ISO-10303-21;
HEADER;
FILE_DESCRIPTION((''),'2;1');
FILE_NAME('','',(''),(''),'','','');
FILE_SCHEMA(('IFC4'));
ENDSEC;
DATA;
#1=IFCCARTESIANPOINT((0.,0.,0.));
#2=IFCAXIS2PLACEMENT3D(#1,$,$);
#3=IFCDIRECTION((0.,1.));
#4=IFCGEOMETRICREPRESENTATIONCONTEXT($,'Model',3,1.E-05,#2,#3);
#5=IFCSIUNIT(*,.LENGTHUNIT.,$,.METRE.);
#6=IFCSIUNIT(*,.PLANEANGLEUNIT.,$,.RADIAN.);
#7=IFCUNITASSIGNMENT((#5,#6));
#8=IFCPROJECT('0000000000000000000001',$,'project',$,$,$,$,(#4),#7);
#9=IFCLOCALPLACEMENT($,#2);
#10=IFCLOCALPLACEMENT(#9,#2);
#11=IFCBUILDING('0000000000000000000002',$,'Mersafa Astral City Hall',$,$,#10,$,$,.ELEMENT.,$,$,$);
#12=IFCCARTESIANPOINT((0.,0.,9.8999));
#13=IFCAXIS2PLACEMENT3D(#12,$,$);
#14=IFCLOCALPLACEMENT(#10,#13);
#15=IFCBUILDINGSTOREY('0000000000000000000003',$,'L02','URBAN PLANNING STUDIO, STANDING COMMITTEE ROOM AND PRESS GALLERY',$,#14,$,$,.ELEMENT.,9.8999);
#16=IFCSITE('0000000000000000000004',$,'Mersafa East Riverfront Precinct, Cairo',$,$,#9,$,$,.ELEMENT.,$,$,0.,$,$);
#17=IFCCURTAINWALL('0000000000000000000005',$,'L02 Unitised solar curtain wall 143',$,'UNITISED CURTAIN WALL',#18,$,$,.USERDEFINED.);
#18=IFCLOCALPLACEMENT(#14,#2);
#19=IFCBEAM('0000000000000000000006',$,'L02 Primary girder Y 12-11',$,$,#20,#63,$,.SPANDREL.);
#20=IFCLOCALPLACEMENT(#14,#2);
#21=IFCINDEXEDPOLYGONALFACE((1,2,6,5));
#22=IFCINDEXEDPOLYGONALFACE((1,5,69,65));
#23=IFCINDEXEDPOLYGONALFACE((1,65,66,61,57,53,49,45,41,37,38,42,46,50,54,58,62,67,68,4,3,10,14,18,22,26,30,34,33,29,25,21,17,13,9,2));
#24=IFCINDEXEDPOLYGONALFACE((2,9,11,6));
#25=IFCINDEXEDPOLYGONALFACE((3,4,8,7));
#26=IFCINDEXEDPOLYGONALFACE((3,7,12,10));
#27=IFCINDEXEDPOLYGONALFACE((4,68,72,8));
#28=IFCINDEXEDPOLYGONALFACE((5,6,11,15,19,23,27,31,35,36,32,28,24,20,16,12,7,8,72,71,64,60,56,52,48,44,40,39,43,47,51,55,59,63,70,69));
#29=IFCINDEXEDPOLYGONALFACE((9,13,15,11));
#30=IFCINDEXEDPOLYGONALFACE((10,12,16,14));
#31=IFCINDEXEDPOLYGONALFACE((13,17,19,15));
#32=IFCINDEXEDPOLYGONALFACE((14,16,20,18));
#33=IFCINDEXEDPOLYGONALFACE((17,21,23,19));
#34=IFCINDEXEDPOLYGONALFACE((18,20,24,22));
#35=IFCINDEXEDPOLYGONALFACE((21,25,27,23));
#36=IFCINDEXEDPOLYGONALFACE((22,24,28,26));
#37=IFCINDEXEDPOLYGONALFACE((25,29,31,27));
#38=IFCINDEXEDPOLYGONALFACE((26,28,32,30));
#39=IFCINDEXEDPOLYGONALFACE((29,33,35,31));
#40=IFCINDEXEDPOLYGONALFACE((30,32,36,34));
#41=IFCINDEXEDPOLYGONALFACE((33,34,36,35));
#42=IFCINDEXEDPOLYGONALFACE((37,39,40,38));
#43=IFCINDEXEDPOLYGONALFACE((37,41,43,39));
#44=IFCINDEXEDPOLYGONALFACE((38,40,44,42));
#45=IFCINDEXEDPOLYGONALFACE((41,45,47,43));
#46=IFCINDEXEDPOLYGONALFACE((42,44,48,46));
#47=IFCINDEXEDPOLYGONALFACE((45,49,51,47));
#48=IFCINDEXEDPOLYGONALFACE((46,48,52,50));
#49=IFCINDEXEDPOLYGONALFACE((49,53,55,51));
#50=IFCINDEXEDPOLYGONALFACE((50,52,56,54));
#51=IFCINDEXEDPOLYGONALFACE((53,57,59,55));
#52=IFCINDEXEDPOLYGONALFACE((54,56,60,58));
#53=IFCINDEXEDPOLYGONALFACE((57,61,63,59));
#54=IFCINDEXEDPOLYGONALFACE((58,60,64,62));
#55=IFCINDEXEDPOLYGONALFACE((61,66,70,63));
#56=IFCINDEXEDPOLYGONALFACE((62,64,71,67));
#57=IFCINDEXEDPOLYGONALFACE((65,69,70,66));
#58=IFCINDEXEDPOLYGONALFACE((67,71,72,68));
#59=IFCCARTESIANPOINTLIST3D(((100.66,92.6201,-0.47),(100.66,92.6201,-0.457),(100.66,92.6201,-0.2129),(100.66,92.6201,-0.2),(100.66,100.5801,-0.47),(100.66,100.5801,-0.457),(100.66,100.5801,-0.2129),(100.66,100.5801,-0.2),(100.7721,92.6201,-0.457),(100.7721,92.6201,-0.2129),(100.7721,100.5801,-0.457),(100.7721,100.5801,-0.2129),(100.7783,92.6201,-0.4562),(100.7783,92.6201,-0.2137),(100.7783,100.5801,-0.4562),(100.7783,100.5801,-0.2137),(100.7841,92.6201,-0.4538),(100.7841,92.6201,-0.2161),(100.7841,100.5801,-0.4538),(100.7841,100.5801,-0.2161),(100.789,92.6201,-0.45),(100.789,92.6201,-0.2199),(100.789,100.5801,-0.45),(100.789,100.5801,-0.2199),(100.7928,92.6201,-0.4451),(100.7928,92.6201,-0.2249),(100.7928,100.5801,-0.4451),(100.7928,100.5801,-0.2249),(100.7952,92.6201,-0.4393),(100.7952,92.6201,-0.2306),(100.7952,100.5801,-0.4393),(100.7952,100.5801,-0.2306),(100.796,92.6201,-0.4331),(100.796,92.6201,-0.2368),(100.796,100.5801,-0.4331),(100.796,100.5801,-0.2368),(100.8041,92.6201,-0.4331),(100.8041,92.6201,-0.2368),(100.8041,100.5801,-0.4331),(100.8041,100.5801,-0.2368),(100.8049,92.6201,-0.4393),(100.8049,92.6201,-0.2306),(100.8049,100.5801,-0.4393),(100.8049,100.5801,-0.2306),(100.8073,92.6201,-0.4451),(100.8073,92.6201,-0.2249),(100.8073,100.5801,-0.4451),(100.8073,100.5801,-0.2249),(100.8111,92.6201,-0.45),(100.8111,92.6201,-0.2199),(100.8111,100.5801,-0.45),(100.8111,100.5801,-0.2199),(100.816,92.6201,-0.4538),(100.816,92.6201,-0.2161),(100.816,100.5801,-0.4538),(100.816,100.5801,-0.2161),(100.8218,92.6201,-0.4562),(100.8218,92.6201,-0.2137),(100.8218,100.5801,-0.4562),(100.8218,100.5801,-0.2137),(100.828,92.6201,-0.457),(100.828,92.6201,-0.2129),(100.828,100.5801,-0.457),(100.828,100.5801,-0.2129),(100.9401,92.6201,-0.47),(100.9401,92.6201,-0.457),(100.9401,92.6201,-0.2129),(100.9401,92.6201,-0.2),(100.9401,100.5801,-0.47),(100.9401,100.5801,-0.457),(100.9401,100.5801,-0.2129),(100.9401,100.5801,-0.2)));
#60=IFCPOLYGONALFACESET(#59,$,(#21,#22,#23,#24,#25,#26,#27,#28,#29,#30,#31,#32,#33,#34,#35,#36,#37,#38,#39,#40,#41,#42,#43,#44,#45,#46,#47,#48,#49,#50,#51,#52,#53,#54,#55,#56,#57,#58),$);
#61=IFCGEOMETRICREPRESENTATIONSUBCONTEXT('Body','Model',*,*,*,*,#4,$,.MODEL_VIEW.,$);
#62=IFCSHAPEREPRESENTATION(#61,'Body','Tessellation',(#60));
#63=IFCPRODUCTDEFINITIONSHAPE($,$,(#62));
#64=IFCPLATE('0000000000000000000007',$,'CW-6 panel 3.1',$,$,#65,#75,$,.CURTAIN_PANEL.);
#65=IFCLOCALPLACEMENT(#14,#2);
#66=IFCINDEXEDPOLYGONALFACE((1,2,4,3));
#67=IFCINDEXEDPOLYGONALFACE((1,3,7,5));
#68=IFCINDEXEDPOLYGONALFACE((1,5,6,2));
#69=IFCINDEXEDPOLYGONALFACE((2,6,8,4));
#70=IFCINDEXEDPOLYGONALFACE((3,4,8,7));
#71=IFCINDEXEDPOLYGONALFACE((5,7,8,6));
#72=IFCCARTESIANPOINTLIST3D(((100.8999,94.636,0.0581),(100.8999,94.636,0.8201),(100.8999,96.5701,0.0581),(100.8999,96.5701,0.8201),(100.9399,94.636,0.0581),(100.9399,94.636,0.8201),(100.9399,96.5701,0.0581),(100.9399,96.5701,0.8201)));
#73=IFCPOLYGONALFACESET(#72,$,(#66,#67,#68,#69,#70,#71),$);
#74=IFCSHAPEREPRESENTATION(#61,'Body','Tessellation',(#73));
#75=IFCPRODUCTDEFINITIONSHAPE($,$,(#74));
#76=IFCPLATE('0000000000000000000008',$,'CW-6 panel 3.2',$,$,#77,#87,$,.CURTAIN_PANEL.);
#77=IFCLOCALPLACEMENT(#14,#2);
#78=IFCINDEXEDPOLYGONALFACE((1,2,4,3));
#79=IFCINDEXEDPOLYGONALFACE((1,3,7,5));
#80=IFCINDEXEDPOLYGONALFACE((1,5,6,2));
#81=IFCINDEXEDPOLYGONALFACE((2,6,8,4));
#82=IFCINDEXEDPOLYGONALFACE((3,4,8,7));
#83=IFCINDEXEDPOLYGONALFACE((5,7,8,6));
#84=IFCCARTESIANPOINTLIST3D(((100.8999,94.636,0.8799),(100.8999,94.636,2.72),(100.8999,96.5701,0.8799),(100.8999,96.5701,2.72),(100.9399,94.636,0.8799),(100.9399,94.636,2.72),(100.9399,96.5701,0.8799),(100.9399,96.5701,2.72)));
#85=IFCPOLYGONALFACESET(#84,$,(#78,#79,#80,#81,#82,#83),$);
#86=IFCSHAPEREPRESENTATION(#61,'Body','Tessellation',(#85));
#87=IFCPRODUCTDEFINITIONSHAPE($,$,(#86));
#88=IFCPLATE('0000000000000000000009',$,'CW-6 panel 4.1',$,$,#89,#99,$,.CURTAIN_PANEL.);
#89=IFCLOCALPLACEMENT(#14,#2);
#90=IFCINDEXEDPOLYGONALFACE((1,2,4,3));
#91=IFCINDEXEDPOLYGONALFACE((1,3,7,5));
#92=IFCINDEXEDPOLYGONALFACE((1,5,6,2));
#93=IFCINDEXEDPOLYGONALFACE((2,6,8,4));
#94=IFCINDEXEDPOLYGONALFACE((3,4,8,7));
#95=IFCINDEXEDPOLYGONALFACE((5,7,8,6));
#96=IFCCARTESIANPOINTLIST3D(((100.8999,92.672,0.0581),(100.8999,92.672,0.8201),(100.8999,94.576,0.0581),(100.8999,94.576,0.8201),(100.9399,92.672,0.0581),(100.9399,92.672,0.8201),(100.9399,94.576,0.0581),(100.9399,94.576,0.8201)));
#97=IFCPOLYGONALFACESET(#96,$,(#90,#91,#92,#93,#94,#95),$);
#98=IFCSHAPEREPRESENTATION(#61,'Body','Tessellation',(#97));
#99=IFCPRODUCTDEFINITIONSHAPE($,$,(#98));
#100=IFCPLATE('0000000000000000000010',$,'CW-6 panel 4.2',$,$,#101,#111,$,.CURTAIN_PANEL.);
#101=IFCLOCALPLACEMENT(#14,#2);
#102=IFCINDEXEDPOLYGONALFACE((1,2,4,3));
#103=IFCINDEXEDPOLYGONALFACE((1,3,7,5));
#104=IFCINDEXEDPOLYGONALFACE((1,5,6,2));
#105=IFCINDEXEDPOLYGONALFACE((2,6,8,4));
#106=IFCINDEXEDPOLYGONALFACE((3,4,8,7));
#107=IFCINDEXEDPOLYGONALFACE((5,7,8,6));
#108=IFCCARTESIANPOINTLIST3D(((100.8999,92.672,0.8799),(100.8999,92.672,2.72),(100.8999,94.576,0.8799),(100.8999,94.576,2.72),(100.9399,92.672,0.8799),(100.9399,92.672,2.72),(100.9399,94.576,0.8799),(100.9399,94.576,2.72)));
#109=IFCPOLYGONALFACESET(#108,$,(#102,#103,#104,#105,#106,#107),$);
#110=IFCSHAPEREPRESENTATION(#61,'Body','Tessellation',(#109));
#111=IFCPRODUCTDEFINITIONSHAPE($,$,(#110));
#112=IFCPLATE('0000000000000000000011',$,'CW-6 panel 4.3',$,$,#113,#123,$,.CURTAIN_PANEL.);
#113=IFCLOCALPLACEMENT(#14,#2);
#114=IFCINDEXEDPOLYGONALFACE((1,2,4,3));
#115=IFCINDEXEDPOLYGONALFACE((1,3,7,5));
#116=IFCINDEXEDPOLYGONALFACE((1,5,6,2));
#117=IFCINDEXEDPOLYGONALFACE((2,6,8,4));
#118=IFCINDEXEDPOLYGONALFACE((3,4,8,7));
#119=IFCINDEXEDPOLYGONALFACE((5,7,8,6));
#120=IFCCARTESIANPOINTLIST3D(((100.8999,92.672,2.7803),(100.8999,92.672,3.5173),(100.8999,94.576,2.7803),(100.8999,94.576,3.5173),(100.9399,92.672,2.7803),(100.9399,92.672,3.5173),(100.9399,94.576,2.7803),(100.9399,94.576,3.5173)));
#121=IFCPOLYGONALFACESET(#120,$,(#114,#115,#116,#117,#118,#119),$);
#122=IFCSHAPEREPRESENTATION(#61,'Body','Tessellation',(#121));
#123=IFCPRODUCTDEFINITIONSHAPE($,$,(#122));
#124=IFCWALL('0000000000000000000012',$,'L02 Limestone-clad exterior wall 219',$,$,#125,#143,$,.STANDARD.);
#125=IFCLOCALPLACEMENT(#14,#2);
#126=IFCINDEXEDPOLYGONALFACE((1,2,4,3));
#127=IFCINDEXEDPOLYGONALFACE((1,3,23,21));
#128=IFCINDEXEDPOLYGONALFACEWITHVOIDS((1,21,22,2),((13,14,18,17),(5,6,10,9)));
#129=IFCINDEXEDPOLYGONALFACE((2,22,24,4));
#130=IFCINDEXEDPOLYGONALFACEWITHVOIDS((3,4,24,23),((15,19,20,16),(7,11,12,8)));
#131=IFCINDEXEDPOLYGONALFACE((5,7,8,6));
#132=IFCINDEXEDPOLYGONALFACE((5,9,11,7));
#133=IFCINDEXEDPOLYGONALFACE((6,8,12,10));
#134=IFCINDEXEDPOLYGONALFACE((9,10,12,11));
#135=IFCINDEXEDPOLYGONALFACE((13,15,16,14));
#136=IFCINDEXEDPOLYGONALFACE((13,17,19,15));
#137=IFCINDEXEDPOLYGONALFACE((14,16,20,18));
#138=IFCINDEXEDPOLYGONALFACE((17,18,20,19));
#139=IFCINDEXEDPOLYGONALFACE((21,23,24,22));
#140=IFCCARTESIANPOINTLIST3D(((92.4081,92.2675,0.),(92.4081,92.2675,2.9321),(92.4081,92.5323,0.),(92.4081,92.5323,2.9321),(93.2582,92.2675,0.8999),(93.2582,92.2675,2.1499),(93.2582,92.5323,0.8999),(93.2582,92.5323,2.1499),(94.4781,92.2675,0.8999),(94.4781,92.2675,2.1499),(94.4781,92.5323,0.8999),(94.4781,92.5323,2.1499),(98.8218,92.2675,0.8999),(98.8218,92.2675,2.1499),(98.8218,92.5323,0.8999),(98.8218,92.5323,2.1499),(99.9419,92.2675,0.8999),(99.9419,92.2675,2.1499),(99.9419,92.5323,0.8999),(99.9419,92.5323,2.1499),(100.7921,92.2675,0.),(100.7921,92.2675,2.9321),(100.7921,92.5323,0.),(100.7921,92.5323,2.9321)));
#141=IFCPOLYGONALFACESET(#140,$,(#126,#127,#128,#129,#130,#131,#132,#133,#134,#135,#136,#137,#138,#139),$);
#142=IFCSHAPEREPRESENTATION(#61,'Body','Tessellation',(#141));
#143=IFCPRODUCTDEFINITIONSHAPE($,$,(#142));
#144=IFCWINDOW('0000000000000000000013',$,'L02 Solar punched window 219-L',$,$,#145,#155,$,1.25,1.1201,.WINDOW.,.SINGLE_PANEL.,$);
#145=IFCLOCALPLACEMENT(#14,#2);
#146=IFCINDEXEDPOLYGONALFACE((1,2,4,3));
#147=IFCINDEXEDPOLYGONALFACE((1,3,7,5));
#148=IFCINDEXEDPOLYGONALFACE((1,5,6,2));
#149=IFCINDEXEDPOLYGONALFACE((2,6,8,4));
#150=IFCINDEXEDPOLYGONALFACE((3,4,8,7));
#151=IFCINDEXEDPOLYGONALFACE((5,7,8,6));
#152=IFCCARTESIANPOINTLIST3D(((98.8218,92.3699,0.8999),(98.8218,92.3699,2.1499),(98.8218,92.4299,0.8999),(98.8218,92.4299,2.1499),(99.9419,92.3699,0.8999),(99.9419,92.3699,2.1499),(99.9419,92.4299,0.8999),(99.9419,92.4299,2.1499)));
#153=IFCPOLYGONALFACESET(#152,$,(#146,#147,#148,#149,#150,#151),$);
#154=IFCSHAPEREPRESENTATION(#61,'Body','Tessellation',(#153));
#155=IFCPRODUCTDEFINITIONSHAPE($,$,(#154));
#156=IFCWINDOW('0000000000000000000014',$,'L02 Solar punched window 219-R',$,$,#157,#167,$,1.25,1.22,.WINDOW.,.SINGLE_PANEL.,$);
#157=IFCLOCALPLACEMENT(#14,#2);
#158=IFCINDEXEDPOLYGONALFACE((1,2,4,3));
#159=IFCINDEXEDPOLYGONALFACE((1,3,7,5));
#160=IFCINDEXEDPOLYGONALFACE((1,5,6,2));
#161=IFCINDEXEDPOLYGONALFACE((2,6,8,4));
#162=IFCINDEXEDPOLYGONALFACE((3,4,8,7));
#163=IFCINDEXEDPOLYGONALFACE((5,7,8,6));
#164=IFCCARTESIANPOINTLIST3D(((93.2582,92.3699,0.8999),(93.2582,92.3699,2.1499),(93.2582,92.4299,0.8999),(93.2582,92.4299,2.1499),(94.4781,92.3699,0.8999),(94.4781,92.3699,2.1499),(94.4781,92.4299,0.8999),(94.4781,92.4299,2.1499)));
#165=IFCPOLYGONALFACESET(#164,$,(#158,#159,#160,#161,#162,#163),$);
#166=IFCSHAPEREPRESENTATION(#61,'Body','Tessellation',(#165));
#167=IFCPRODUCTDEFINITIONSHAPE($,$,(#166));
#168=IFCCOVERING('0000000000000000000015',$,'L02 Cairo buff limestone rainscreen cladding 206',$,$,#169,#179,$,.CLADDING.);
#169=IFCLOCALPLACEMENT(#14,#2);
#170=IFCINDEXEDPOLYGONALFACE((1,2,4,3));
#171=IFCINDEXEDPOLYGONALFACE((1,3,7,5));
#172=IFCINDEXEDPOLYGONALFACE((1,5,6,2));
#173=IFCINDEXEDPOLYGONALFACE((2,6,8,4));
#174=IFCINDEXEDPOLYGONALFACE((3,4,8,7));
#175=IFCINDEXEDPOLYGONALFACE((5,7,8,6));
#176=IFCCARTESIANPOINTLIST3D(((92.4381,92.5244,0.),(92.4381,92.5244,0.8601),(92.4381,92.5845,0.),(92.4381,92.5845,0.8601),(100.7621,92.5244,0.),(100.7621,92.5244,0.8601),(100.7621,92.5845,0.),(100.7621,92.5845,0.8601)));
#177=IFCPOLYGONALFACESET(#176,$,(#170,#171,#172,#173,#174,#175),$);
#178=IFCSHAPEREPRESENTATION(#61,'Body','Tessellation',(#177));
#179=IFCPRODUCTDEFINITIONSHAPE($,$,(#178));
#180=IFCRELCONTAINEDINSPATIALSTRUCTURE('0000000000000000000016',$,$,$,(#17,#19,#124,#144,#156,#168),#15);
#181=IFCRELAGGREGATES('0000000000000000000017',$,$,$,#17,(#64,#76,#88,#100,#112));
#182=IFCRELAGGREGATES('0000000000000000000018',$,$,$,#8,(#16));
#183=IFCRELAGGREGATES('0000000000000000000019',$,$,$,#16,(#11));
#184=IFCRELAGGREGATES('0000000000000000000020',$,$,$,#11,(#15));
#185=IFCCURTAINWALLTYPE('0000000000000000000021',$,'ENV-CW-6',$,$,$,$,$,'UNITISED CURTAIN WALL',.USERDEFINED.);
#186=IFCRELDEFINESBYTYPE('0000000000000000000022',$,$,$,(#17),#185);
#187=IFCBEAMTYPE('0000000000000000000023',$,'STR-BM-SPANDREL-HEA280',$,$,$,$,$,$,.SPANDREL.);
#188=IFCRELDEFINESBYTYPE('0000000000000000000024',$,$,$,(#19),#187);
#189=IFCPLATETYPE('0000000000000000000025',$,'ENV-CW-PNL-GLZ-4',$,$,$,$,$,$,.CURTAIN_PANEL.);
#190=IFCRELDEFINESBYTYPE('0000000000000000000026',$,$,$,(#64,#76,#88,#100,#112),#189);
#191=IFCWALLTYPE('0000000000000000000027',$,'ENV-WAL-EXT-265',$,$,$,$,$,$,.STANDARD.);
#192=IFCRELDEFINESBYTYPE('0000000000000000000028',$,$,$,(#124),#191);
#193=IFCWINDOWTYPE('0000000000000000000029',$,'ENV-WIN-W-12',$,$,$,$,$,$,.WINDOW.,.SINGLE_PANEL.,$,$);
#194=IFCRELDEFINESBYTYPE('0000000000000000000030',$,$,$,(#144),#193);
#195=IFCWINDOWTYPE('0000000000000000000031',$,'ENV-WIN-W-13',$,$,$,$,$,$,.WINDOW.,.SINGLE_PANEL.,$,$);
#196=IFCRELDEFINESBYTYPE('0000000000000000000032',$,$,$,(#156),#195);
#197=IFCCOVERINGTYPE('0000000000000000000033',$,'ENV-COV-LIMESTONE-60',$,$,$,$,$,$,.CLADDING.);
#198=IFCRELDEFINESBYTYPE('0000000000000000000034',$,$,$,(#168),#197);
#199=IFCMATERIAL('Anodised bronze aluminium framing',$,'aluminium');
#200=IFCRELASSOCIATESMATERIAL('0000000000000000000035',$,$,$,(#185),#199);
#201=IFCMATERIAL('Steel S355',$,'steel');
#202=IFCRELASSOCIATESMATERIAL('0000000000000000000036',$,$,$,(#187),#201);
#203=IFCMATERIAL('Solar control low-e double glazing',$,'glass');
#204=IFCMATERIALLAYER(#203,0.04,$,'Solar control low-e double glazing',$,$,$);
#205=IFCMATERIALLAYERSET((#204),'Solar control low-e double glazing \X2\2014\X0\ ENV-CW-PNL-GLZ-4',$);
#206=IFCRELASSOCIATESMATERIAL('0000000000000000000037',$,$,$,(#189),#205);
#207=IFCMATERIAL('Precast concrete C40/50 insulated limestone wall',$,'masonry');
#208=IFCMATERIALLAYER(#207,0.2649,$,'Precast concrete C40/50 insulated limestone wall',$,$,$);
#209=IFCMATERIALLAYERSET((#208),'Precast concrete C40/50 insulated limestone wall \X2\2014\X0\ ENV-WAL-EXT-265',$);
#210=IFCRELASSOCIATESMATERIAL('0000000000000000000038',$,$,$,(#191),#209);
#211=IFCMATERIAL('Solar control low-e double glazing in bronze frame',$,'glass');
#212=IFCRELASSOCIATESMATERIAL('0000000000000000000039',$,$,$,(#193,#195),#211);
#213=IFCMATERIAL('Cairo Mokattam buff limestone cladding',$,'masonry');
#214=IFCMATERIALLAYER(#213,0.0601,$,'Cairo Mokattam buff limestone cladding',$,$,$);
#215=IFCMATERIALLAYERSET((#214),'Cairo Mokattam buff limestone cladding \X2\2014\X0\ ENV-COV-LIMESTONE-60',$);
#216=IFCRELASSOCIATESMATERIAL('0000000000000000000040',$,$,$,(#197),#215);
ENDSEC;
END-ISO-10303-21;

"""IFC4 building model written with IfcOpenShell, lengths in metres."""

from ifc_helpers import new_model, si_unit, direction, frame, frame_2d, origin, origin_2d, place, context, subcontext, project, spatial, rectangle, i_section, extrude, material, layer, layer_set, material_profile, profile_set, type_object, element, fill, aggregate, save


model = new_model("IFC4")

# Units and contexts
model_context = context("Model", 3, precision=1e-05, world=origin(), true_north=direction((0.0, 1.0)))
body_context = subcontext(model_context, "Body", "Model", "MODEL_VIEW")
ifc_project = project(units=[si_unit("LENGTHUNIT", "METRE"), si_unit("PLANEANGLEUNIT", "RADIAN")], contexts=[model_context])

# Site, building, storey
site_placement = place(None, origin())
site = spatial("IfcSite", under=ifc_project, at=site_placement, Name="Mersafa East Riverfront Precinct, Cairo", CompositionType="ELEMENT", RefElevation=0.0)
building_placement = place(site_placement, origin())
building = spatial("IfcBuilding", under=site, at=building_placement, Name="Mersafa Astral City Hall", CompositionType="ELEMENT")
storey_placement = place(building_placement, frame((0.0, 0.0, 9.8999)))
storey = spatial("IfcBuildingStorey", under=building, at=storey_placement, Name="L02", Description="URBAN PLANNING STUDIO, STANDING COMMITTEE ROOM AND PRESS GALLERY", CompositionType="ELEMENT", Elevation=9.8999)

# Shared definitions
ifc_material_1 = material(Name="Steel S355", Category="steel")

# Curtain wall
ifc_material_2 = material(Name="Anodised bronze aluminium framing", Category="aluminium")
curtain_wall_type = type_object("IfcCurtainWallType", Name="ENV-CW-6", ElementType="UNITISED CURTAIN WALL", PredefinedType="USERDEFINED", material=ifc_material_2)
curtain_wall_placement = place(storey_placement, origin())
curtain_wall = element("IfcCurtainWall", 1, at=curtain_wall_placement, inside=storey, type_object=curtain_wall_type, Name="L02 Unitised solar curtain wall 143", ObjectType="UNITISED CURTAIN WALL", PredefinedType="USERDEFINED")

# Beam
ifc_material_profile_1 = material_profile(ifc_material_1, i_section(OverallWidth=0.28, OverallDepth=0.27, WebThickness=0.0081, FlangeThickness=0.0129, FilletRadius=0.0239, at=origin_2d()), Name="HEA 280")
ifc_profile_set_1 = profile_set([ifc_material_profile_1], Name="Steel S355")
beam_type = type_object("IfcBeamType", Name="STR-BM-SPANDREL-HEA280", PredefinedType="SPANDREL", material=ifc_profile_set_1)
beam_placement = place(storey_placement, frame((100.8, 92.6201, -0.335), z_axis=(0.0, 1.0, 0.0), x_axis=(-1.0, 0.0, 0.0)))
element("IfcBeam", 2, at=beam_placement, inside=storey, type_object=beam_type, Name="L02 Primary girder Y 12-11", PredefinedType="SPANDREL", context=body_context, shape_type="SweptSolid", body=[
    extrude(i_section(OverallWidth=0.28, OverallDepth=0.27, WebThickness=0.0081, FlangeThickness=0.0129, FilletRadius=0.0239, at=origin_2d()), origin(), (0.0, 0.0, 1.0), 7.96),
])

# Plates
ifc_material_3 = material(Name="Solar control low-e double glazing", Category="glass")
ifc_layer_1 = layer(ifc_material_3, 0.04, Name="Solar control low-e double glazing")
ifc_layer_set_1 = layer_set([ifc_layer_1], Name="Solar control low-e double glazing — ENV-CW-PNL-GLZ-4")
plate_type = type_object("IfcPlateType", Name="ENV-CW-PNL-GLZ-4", PredefinedType="CURTAIN_PANEL", material=ifc_layer_set_1)
plate_1_placement = place(storey_placement, frame((100.9199, 95.603, 0.0581), z_axis=(0.0, 0.0, 1.0), x_axis=(0.0, -1.0, 0.0)))
plate_1 = element("IfcPlate", 3, at=plate_1_placement, type_object=plate_type, Name="CW-6 panel 3.1", PredefinedType="CURTAIN_PANEL", context=body_context, shape_type="SweptSolid", body=[
    extrude(rectangle(XDim=1.9341, YDim=0.04, at=origin_2d()), origin(), (0.0, 0.0, 1.0), 0.762),
])
plate_2_placement = place(storey_placement, frame((100.9199, 95.603, 0.8799), z_axis=(0.0, 0.0, 1.0), x_axis=(0.0, -1.0, 0.0)))
plate_2 = element("IfcPlate", 4, at=plate_2_placement, type_object=plate_type, Name="CW-6 panel 3.2", PredefinedType="CURTAIN_PANEL", context=body_context, shape_type="SweptSolid", body=[
    extrude(rectangle(XDim=1.9341, YDim=0.04, at=origin_2d()), origin(), (0.0, 0.0, 1.0), 1.8401),
])
plate_3_placement = place(storey_placement, frame((100.9199, 93.624, 0.0581), z_axis=(0.0, 0.0, 1.0), x_axis=(0.0, -1.0, 0.0)))
plate_3 = element("IfcPlate", 5, at=plate_3_placement, type_object=plate_type, Name="CW-6 panel 4.1", PredefinedType="CURTAIN_PANEL", context=body_context, shape_type="SweptSolid", body=[
    extrude(rectangle(XDim=1.9041, YDim=0.04, at=origin_2d()), origin(), (0.0, 0.0, 1.0), 0.762),
])
plate_4_placement = place(storey_placement, frame((100.9199, 93.624, 0.8799), z_axis=(0.0, 0.0, 1.0), x_axis=(0.0, -1.0, 0.0)))
plate_4 = element("IfcPlate", 6, at=plate_4_placement, type_object=plate_type, Name="CW-6 panel 4.2", PredefinedType="CURTAIN_PANEL", context=body_context, shape_type="SweptSolid", body=[
    extrude(rectangle(XDim=1.9041, YDim=0.04, at=origin_2d()), origin(), (0.0, 0.0, 1.0), 1.8401),
])
plate_5_placement = place(storey_placement, frame((100.9199, 93.624, 2.7803), z_axis=(0.0, 0.0, 1.0), x_axis=(0.0, -1.0, 0.0)))
plate_5 = element("IfcPlate", 7, at=plate_5_placement, type_object=plate_type, Name="CW-6 panel 4.3", PredefinedType="CURTAIN_PANEL", context=body_context, shape_type="SweptSolid", body=[
    extrude(rectangle(XDim=1.9041, YDim=0.04, at=origin_2d()), origin(), (0.0, 0.0, 1.0), 0.7371),
])
aggregate(curtain_wall, [plate_1, plate_2, plate_3, plate_4, plate_5])

# Wall, openings, windows
ifc_material_4 = material(Name="Precast concrete C40/50 insulated limestone wall", Category="masonry")
ifc_layer_2 = layer(ifc_material_4, 0.2649, Name="Precast concrete C40/50 insulated limestone wall")
ifc_layer_set_2 = layer_set([ifc_layer_2], Name="Precast concrete C40/50 insulated limestone wall — ENV-WAL-EXT-265")
wall_type = type_object("IfcWallType", Name="ENV-WAL-EXT-265", PredefinedType="STANDARD", material=ifc_layer_set_2)
wall_placement = place(storey_placement, frame((100.792, 92.3999, 0.0), z_axis=(0.0, 0.0, 1.0), x_axis=(-1.0, 0.0, 0.0)))
wall = element("IfcWall", 8, at=wall_placement, inside=storey, type_object=wall_type, Name="L02 Limestone-clad exterior wall 219", PredefinedType="STANDARD", context=body_context, shape_type="SweptSolid", body=[
    extrude(rectangle(XDim=8.384, YDim=0.2649, at=frame_2d((4.1919, 0.0))), origin(), (0.0, 0.0, 1.0), 2.9321),
])
opening_1_placement = place(wall_placement, frame((0.8501, 0.0, 0.8999)))
opening_1 = element("IfcOpeningElement", 9, at=opening_1_placement, cuts=wall, PredefinedType="OPENING", context=body_context, shape_type="SweptSolid", body=[
    extrude(rectangle(XDim=1.1201, YDim=1.25, at=frame_2d((0.5601, 0.625))), frame((0.0, 0.1423, 0.0), z_axis=(0.0, -1.0, 0.0), x_axis=(1.0, 0.0, 0.0)), (0.0, 0.0, 1.0), 0.2849),
])
opening_2_placement = place(wall_placement, frame((6.314, 0.0, 0.8999)))
opening_2 = element("IfcOpeningElement", 10, at=opening_2_placement, cuts=wall, PredefinedType="OPENING", context=body_context, shape_type="SweptSolid", body=[
    extrude(rectangle(XDim=1.22, YDim=1.25, at=frame_2d((0.6099, 0.625))), frame((0.0, 0.1423, 0.0), z_axis=(0.0, -1.0, 0.0), x_axis=(1.0, 0.0, 0.0)), (0.0, 0.0, 1.0), 0.2849),
])
ifc_material_5 = material(Name="Solar control low-e double glazing in bronze frame", Category="glass")
window_type_1 = type_object("IfcWindowType", Name="ENV-WIN-W-12", PartitioningType="SINGLE_PANEL", PredefinedType="WINDOW", material=ifc_material_5)
window_1_placement = place(opening_1_placement, origin())
window_1 = element("IfcWindow", 11, at=window_1_placement, inside=storey, type_object=window_type_1, Name="L02 Solar punched window 219-L", OverallHeight=1.25, OverallWidth=1.1201, PartitioningType="SINGLE_PANEL", PredefinedType="WINDOW", context=body_context, shape_type="SweptSolid", body=[
    extrude(rectangle(XDim=1.1201, YDim=1.25, at=frame_2d((0.5601, 0.625))), frame((0.0, 0.03, 0.0), z_axis=(0.0, -1.0, 0.0), x_axis=(1.0, 0.0, 0.0)), (0.0, 0.0, 1.0), 0.0601),
])
fill(opening_1, window_1)
window_type_2 = type_object("IfcWindowType", Name="ENV-WIN-W-13", PartitioningType="SINGLE_PANEL", PredefinedType="WINDOW", material=ifc_material_5)
window_2_placement = place(opening_2_placement, origin())
window_2 = element("IfcWindow", 12, at=window_2_placement, inside=storey, type_object=window_type_2, Name="L02 Solar punched window 219-R", OverallHeight=1.25, OverallWidth=1.22, PartitioningType="SINGLE_PANEL", PredefinedType="WINDOW", context=body_context, shape_type="SweptSolid", body=[
    extrude(rectangle(XDim=1.22, YDim=1.25, at=frame_2d((0.6099, 0.625))), frame((0.0, 0.03, 0.0), z_axis=(0.0, -1.0, 0.0), x_axis=(1.0, 0.0, 0.0)), (0.0, 0.0, 1.0), 0.0601),
])
fill(opening_2, window_2)

# Covering
ifc_material_6 = material(Name="Cairo Mokattam buff limestone cladding", Category="masonry")
ifc_layer_3 = layer(ifc_material_6, 0.0601, Name="Cairo Mokattam buff limestone cladding")
ifc_layer_set_3 = layer_set([ifc_layer_3], Name="Cairo Mokattam buff limestone cladding — ENV-COV-LIMESTONE-60")
covering_type = type_object("IfcCoveringType", Name="ENV-COV-LIMESTONE-60", PredefinedType="CLADDING", material=ifc_layer_set_3)
covering_placement = place(storey_placement, frame((96.6001, 92.5544, 0.0), z_axis=(0.0, 0.0, 1.0), x_axis=(-1.0, 0.0, 0.0)))
element("IfcCovering", 13, at=covering_placement, inside=storey, type_object=covering_type, Name="L02 Cairo buff limestone rainscreen cladding 206", PredefinedType="CLADDING", context=body_context, shape_type="SweptSolid", body=[
    extrude(rectangle(XDim=8.324, YDim=0.0601, at=origin_2d()), origin(), (0.0, 0.0, 1.0), 0.8601),
])

save(model, "model.ifc")
